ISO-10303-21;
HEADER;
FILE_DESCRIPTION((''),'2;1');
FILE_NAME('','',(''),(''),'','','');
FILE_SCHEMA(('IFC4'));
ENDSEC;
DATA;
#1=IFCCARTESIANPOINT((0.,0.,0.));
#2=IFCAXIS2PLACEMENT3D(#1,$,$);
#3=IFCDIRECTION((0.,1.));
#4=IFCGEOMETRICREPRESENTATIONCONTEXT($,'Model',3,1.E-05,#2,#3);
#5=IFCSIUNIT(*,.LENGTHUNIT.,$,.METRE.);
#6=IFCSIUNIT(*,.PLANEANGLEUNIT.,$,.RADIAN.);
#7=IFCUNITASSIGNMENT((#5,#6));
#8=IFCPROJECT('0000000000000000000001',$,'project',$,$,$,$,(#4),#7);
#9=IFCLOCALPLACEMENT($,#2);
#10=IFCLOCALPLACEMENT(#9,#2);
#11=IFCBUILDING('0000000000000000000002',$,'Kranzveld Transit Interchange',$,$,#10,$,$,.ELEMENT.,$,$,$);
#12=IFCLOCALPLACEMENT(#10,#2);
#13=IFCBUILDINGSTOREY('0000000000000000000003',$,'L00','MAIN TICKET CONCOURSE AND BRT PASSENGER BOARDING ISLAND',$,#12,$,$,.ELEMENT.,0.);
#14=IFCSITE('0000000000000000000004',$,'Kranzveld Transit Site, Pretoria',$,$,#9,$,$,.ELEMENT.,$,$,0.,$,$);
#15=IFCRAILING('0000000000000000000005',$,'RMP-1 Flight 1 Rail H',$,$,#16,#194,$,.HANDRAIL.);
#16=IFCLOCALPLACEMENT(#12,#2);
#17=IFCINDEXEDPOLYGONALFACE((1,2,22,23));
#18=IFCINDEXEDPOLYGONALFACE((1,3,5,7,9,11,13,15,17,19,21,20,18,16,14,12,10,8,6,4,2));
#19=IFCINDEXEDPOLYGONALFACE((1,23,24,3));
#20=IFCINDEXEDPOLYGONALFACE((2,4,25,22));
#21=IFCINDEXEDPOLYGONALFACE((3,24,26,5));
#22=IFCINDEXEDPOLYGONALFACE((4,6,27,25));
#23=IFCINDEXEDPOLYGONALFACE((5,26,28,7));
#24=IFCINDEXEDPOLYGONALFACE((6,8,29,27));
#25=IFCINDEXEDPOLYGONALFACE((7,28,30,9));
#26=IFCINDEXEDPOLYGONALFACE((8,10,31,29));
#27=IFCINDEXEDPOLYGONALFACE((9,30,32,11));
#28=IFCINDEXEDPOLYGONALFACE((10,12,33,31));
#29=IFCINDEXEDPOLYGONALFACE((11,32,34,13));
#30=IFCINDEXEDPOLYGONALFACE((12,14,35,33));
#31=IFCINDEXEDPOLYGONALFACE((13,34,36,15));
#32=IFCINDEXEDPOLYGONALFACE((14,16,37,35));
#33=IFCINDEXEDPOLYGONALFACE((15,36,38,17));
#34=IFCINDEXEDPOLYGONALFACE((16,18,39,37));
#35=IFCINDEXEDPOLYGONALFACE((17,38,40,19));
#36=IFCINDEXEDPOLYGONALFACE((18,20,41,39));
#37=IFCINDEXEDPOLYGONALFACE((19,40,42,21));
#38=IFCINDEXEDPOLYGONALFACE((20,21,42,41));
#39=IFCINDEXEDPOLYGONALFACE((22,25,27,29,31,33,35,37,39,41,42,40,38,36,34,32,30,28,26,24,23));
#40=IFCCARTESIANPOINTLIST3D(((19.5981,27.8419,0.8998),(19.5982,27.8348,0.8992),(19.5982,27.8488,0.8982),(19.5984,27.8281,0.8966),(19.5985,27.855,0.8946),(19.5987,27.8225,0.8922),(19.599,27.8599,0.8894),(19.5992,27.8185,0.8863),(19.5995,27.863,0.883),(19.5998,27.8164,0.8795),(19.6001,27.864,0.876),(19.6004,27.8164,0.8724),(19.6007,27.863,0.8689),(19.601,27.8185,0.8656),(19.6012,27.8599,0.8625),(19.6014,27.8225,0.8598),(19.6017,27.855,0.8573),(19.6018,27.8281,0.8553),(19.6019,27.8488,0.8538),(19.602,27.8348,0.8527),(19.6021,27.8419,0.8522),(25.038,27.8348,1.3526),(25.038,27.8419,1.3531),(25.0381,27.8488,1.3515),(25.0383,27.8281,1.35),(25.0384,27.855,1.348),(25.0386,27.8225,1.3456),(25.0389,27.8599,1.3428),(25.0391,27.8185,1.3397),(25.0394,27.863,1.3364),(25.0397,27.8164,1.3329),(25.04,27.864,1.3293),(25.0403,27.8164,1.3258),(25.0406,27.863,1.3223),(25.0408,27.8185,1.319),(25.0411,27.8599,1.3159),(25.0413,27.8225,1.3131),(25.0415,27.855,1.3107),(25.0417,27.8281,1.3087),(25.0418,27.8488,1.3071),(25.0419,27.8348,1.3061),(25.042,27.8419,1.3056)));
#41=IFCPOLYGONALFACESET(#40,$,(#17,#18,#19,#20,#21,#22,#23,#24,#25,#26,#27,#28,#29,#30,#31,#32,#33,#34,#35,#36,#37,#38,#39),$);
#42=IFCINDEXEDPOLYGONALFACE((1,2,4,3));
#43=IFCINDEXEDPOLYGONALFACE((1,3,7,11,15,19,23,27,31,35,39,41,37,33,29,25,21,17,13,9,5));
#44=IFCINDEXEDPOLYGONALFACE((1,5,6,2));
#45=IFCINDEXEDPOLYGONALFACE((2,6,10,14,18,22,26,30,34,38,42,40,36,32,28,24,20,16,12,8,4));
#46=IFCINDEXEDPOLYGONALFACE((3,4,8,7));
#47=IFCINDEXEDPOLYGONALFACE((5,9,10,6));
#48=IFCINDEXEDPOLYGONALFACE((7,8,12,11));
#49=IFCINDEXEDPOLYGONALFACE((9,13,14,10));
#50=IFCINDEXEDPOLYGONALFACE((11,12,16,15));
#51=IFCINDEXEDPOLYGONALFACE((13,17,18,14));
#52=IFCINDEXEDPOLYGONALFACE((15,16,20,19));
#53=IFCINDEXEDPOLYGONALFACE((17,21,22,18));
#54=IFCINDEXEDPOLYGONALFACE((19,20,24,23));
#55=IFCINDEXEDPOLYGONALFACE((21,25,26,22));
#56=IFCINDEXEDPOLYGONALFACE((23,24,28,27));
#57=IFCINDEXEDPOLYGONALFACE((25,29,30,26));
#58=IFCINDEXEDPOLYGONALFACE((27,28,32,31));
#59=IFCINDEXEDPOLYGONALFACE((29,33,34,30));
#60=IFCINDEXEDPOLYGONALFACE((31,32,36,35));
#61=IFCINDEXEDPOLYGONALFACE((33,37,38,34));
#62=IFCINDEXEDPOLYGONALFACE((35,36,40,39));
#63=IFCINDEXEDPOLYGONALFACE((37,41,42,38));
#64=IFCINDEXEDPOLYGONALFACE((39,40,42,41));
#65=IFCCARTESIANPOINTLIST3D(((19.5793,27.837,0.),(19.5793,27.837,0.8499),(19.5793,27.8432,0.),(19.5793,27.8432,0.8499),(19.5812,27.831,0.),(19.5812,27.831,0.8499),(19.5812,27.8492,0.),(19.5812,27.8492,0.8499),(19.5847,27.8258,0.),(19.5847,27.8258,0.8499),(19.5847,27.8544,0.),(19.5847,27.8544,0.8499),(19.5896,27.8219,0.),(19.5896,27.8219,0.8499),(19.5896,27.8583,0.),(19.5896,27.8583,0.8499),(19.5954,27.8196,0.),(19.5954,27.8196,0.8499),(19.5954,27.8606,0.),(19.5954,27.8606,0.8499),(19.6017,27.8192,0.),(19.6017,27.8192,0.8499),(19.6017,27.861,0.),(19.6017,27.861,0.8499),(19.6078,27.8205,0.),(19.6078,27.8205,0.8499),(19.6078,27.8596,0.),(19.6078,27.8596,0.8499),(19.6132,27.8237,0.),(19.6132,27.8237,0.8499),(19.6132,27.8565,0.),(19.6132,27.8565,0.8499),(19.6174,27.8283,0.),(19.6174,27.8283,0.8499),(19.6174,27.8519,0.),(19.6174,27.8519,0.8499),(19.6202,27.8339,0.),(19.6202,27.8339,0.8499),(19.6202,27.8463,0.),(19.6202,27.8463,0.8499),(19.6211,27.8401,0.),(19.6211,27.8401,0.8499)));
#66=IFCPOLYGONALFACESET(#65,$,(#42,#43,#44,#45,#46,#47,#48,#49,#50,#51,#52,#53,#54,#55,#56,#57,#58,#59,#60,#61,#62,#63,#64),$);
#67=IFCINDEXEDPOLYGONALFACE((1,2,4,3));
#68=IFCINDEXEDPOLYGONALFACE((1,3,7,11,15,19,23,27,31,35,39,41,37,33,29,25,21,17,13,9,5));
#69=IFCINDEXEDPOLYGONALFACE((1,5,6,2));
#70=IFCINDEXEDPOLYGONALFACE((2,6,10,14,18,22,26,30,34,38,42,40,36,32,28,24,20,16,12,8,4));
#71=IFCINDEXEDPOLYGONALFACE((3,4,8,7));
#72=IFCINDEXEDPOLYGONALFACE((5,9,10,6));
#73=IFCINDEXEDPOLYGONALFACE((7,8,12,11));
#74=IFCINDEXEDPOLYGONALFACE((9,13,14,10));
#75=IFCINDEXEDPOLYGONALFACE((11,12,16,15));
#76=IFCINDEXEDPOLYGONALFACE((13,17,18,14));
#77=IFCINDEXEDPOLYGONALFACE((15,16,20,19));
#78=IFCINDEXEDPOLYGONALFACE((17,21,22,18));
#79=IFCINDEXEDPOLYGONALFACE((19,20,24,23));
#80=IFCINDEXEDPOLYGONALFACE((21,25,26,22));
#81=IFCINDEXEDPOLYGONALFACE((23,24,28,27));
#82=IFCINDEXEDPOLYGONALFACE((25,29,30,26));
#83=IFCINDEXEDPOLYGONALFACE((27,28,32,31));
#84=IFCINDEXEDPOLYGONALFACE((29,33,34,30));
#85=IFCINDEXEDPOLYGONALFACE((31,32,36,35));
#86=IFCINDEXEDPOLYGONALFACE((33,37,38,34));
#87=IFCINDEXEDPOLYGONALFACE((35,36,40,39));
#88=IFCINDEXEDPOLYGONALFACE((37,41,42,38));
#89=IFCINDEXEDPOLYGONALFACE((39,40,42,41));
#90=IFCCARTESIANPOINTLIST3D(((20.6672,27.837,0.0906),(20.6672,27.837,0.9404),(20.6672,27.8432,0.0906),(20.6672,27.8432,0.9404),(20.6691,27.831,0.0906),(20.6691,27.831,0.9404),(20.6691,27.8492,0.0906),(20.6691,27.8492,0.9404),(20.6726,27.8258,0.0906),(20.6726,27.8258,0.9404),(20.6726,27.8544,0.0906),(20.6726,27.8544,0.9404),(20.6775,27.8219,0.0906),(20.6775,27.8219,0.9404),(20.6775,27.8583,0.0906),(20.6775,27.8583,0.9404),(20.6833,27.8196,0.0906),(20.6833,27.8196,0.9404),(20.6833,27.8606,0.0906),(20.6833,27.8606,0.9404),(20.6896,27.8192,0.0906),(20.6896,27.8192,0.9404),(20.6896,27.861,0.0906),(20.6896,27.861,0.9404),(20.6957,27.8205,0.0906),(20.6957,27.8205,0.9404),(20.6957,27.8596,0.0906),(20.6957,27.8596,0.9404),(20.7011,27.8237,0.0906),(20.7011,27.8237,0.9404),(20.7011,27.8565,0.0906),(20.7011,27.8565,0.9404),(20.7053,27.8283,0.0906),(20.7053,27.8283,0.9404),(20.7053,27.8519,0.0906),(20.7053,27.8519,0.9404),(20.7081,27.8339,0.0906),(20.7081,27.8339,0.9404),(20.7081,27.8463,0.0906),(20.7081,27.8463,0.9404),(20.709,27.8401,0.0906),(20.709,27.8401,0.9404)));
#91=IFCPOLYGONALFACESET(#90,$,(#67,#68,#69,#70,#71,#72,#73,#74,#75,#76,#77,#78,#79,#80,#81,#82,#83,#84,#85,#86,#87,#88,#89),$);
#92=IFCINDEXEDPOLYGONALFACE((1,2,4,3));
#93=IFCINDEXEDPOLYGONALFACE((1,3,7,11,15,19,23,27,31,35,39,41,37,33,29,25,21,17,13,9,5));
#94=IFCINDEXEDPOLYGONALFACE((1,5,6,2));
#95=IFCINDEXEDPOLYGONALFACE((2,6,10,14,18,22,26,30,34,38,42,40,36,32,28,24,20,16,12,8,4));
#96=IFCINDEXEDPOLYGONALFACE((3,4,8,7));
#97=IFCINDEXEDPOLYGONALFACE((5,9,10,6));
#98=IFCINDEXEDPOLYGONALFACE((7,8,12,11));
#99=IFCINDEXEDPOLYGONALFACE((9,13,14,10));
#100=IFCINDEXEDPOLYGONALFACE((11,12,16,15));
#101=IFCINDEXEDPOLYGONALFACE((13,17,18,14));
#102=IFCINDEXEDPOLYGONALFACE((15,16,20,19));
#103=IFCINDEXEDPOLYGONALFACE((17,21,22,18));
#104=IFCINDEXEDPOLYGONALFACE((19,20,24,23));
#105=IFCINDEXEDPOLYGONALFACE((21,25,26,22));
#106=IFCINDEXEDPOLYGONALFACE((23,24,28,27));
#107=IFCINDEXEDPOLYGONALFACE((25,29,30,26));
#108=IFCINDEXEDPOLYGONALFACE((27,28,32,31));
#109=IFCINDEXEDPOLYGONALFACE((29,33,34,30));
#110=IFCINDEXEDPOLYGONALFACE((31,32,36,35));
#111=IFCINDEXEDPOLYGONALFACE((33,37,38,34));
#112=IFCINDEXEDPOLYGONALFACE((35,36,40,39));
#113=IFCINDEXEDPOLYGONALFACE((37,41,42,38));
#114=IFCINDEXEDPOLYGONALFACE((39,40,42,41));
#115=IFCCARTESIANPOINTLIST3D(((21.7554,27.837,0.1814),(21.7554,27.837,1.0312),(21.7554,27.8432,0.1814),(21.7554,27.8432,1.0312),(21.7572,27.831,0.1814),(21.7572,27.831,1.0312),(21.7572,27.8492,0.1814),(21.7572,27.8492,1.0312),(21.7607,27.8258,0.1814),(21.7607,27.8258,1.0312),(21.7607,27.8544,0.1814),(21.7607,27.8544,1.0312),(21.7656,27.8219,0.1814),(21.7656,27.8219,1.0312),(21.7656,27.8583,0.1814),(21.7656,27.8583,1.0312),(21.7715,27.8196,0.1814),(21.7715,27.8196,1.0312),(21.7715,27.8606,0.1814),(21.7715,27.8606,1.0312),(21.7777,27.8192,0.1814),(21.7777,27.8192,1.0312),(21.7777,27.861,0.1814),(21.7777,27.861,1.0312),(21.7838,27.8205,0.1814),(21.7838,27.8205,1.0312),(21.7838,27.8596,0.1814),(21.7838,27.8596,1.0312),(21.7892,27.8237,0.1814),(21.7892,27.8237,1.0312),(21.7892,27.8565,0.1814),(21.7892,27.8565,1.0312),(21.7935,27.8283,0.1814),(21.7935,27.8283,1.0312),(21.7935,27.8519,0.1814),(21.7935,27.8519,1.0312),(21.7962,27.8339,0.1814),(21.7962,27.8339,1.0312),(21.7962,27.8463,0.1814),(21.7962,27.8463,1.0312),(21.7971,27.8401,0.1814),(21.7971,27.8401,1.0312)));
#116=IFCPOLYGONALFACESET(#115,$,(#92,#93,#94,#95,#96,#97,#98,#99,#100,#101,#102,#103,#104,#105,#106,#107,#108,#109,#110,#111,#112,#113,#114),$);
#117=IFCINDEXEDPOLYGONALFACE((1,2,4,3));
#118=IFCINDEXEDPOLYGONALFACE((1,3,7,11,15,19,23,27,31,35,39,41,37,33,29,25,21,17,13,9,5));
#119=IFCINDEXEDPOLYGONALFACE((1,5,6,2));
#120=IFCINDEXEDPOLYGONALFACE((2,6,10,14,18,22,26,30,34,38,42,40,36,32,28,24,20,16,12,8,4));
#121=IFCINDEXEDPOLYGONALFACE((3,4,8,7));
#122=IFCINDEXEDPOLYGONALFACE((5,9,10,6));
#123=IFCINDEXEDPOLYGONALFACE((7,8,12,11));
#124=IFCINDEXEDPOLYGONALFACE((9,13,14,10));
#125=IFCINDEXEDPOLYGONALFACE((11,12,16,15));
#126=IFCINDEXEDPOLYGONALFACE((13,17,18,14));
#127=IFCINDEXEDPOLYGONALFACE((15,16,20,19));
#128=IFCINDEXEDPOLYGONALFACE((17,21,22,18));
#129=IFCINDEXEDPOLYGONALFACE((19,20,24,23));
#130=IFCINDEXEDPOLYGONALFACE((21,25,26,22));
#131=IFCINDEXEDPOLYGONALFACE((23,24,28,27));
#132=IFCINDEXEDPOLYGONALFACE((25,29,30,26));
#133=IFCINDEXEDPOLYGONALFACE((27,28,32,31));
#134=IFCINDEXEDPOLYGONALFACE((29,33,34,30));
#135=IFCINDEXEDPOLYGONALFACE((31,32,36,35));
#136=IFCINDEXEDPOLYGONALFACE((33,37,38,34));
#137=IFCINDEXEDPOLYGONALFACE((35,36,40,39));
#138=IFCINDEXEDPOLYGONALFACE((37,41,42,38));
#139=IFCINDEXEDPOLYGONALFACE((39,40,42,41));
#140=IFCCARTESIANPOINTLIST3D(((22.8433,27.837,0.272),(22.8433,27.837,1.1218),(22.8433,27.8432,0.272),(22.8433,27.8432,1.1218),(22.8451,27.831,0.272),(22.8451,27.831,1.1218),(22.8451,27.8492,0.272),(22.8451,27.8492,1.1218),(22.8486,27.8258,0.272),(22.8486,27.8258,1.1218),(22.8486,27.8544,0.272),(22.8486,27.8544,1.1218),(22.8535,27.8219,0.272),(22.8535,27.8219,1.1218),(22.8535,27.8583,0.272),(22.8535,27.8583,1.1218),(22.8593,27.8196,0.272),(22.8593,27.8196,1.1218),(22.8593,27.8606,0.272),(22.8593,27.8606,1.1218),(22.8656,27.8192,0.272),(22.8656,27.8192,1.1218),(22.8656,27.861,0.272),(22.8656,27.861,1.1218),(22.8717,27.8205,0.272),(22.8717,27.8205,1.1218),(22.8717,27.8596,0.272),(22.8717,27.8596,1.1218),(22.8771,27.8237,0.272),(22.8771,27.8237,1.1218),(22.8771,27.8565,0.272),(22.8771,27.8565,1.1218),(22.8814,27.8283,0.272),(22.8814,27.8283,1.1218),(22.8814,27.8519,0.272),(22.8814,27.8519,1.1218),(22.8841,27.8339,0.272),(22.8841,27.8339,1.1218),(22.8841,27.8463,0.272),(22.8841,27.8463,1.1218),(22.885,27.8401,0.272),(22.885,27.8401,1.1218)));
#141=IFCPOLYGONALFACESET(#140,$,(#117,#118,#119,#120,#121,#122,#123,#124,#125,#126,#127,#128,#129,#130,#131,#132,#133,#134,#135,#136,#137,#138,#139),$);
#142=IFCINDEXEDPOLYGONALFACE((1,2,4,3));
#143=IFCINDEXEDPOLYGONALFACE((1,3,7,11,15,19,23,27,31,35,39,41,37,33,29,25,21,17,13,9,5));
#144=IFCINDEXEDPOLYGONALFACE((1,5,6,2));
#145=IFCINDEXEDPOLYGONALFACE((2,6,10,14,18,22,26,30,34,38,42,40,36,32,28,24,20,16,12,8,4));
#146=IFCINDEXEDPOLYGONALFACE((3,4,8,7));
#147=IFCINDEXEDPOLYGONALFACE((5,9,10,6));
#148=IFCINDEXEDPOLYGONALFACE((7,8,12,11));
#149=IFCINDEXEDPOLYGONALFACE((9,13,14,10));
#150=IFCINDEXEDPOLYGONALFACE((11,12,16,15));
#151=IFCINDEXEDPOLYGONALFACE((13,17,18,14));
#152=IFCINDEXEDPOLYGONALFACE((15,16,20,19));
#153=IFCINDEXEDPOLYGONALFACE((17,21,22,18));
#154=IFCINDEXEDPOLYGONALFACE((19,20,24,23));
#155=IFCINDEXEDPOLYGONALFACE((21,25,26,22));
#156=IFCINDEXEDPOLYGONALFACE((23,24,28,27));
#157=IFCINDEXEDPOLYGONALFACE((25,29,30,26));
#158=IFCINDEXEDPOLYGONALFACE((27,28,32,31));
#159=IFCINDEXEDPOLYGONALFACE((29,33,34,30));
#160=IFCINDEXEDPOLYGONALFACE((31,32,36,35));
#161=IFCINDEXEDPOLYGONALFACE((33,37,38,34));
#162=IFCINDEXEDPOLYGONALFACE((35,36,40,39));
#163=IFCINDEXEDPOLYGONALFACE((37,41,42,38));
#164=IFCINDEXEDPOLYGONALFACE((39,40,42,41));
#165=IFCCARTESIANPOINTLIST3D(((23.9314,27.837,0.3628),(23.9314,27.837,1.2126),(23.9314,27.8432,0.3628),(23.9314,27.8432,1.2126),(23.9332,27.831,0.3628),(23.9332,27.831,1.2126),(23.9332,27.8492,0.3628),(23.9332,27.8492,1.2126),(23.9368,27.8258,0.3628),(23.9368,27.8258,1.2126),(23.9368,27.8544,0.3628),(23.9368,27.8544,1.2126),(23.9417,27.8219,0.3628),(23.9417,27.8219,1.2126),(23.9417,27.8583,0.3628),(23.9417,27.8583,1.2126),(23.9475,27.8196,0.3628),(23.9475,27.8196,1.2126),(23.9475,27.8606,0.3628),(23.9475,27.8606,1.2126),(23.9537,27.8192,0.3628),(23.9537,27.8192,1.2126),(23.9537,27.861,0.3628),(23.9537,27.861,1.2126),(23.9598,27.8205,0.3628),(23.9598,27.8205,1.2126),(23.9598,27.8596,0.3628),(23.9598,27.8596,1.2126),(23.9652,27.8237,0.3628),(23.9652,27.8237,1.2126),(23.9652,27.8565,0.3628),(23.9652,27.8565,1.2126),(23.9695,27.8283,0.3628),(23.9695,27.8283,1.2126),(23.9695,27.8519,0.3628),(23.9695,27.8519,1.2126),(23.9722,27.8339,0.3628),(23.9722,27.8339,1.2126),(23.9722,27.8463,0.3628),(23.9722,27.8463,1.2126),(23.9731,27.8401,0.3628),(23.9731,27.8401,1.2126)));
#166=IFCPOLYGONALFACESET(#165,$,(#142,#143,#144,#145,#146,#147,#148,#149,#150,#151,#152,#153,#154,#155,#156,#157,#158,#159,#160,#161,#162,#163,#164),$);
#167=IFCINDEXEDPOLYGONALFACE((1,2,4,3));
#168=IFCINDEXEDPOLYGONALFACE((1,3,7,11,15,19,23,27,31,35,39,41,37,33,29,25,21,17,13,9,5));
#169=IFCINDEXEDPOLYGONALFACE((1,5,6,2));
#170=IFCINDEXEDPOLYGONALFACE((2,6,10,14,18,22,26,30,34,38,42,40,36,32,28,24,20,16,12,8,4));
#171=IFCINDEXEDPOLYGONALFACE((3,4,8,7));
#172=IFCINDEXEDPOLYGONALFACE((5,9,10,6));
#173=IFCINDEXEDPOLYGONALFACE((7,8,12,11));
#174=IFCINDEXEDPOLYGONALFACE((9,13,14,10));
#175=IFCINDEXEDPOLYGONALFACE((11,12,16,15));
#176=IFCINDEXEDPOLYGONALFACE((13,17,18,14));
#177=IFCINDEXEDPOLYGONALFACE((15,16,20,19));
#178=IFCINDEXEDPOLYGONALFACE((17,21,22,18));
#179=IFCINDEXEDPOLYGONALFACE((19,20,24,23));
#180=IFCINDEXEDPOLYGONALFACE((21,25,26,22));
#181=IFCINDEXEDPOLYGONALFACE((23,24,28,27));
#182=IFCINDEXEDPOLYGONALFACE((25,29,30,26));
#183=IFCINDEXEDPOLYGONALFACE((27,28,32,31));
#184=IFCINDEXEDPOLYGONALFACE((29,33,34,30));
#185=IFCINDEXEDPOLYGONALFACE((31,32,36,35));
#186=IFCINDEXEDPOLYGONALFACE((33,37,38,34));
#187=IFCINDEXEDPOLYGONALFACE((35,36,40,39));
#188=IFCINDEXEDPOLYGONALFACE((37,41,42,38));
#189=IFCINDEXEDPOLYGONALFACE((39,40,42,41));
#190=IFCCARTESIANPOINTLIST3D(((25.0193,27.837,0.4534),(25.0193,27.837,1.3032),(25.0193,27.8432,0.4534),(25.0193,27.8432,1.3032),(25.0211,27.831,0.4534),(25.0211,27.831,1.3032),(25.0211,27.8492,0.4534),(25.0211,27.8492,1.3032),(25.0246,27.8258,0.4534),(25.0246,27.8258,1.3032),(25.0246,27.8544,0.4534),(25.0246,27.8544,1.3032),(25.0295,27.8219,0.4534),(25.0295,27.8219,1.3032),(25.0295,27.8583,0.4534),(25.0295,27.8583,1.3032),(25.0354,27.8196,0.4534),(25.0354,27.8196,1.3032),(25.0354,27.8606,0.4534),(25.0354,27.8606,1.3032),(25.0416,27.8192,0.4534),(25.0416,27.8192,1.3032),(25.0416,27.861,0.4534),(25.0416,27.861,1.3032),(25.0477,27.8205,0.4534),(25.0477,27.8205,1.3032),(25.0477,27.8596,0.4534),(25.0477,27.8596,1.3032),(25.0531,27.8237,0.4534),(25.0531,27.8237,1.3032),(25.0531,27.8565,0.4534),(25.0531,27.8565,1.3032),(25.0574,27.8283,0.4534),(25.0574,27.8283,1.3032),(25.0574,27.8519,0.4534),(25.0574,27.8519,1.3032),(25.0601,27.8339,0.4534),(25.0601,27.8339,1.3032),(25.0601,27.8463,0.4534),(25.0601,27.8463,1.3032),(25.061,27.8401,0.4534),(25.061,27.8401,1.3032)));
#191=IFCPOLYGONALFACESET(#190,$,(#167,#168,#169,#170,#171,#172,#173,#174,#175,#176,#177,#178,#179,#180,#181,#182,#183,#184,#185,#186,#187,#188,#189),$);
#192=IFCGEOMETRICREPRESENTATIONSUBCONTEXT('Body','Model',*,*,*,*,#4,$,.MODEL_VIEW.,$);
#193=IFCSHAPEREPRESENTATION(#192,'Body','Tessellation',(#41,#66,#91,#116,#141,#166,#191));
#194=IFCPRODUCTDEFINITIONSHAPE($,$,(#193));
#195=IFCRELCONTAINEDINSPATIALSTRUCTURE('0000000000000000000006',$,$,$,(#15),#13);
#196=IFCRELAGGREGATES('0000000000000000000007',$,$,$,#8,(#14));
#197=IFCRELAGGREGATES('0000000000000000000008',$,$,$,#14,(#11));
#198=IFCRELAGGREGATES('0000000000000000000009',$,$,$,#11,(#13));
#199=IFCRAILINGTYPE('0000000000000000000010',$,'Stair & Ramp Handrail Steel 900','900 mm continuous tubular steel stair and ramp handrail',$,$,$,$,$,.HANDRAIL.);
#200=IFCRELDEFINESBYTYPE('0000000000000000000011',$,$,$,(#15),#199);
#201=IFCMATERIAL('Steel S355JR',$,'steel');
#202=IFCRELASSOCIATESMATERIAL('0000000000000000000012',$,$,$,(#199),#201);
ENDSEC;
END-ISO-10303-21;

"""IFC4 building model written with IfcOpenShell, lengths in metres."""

from ifc_helpers import new_model, si_unit, direction, frame, origin, origin_2d, place, context, subcontext, project, spatial, circle, extrude, material, type_object, element, save


model = new_model("IFC4")

# Units and contexts
model_context = context("Model", 3, precision=1e-05, world=origin(), true_north=direction((0.0, 1.0)))
body_context = subcontext(model_context, "Body", "Model", "MODEL_VIEW")
ifc_project = project(units=[si_unit("LENGTHUNIT", "METRE"), si_unit("PLANEANGLEUNIT", "RADIAN")], contexts=[model_context])

# Site, building, storey
site_placement = place(None, origin())
site = spatial("IfcSite", under=ifc_project, at=site_placement, Name="Kranzveld Transit Site, Pretoria", CompositionType="ELEMENT", RefElevation=0.0)
building_placement = place(site_placement, origin())
building = spatial("IfcBuilding", under=site, at=building_placement, Name="Kranzveld Transit Interchange", CompositionType="ELEMENT")
storey_placement = place(building_placement, origin())
storey = spatial("IfcBuildingStorey", under=building, at=storey_placement, Name="L00", Description="MAIN TICKET CONCOURSE AND BRT PASSENGER BOARDING ISLAND", CompositionType="ELEMENT", Elevation=0.0)

# Railing
ifc_material_1 = material(Name="Steel S355JR", Category="steel")
railing_type_1 = type_object("IfcRailingType", Name="Stair & Ramp Handrail Steel 900", Description="900 mm continuous tubular steel stair and ramp handrail", PredefinedType="HANDRAIL", material=ifc_material_1)
for number, where, name in (
    (1, (19.6001, 27.8401, 0.0), "RMP-1 Flight 1 Rail H"),
):
    element("IfcRailing", number, at=place(storey_placement, frame(where)), inside=storey, type_object=railing_type_1, Name=name, PredefinedType="HANDRAIL", context=body_context, shape_type="SweptSolid", body=[
        extrude(circle(Radius=0.0239, at=origin_2d()), frame((0.0, 0.0, 0.876), z_axis=(0.996545, 0.0, 0.083053), x_axis=(0.0, 1.0, 0.0)), (0.0, 0.0, 1.0), 5.4587),
        extrude(circle(Radius=0.021, at=origin_2d()), origin(), (0.0, 0.0, 1.0), 0.8499),
        extrude(circle(Radius=0.021, at=origin_2d()), frame((1.0879, 0.0, 0.0906)), (0.0, 0.0, 1.0), 0.8499),
        extrude(circle(Radius=0.021, at=origin_2d()), frame((2.176, 0.0, 0.1814)), (0.0, 0.0, 1.0), 0.8499),
        extrude(circle(Radius=0.021, at=origin_2d()), frame((3.2639, 0.0, 0.272)), (0.0, 0.0, 1.0), 0.8499),
        extrude(circle(Radius=0.021, at=origin_2d()), frame((4.3521, 0.0, 0.3628)), (0.0, 0.0, 1.0), 0.8499),
        extrude(circle(Radius=0.021, at=origin_2d()), frame((5.4399, 0.0, 0.4534)), (0.0, 0.0, 1.0), 0.8499),
    ])

save(model, "model.ifc")
